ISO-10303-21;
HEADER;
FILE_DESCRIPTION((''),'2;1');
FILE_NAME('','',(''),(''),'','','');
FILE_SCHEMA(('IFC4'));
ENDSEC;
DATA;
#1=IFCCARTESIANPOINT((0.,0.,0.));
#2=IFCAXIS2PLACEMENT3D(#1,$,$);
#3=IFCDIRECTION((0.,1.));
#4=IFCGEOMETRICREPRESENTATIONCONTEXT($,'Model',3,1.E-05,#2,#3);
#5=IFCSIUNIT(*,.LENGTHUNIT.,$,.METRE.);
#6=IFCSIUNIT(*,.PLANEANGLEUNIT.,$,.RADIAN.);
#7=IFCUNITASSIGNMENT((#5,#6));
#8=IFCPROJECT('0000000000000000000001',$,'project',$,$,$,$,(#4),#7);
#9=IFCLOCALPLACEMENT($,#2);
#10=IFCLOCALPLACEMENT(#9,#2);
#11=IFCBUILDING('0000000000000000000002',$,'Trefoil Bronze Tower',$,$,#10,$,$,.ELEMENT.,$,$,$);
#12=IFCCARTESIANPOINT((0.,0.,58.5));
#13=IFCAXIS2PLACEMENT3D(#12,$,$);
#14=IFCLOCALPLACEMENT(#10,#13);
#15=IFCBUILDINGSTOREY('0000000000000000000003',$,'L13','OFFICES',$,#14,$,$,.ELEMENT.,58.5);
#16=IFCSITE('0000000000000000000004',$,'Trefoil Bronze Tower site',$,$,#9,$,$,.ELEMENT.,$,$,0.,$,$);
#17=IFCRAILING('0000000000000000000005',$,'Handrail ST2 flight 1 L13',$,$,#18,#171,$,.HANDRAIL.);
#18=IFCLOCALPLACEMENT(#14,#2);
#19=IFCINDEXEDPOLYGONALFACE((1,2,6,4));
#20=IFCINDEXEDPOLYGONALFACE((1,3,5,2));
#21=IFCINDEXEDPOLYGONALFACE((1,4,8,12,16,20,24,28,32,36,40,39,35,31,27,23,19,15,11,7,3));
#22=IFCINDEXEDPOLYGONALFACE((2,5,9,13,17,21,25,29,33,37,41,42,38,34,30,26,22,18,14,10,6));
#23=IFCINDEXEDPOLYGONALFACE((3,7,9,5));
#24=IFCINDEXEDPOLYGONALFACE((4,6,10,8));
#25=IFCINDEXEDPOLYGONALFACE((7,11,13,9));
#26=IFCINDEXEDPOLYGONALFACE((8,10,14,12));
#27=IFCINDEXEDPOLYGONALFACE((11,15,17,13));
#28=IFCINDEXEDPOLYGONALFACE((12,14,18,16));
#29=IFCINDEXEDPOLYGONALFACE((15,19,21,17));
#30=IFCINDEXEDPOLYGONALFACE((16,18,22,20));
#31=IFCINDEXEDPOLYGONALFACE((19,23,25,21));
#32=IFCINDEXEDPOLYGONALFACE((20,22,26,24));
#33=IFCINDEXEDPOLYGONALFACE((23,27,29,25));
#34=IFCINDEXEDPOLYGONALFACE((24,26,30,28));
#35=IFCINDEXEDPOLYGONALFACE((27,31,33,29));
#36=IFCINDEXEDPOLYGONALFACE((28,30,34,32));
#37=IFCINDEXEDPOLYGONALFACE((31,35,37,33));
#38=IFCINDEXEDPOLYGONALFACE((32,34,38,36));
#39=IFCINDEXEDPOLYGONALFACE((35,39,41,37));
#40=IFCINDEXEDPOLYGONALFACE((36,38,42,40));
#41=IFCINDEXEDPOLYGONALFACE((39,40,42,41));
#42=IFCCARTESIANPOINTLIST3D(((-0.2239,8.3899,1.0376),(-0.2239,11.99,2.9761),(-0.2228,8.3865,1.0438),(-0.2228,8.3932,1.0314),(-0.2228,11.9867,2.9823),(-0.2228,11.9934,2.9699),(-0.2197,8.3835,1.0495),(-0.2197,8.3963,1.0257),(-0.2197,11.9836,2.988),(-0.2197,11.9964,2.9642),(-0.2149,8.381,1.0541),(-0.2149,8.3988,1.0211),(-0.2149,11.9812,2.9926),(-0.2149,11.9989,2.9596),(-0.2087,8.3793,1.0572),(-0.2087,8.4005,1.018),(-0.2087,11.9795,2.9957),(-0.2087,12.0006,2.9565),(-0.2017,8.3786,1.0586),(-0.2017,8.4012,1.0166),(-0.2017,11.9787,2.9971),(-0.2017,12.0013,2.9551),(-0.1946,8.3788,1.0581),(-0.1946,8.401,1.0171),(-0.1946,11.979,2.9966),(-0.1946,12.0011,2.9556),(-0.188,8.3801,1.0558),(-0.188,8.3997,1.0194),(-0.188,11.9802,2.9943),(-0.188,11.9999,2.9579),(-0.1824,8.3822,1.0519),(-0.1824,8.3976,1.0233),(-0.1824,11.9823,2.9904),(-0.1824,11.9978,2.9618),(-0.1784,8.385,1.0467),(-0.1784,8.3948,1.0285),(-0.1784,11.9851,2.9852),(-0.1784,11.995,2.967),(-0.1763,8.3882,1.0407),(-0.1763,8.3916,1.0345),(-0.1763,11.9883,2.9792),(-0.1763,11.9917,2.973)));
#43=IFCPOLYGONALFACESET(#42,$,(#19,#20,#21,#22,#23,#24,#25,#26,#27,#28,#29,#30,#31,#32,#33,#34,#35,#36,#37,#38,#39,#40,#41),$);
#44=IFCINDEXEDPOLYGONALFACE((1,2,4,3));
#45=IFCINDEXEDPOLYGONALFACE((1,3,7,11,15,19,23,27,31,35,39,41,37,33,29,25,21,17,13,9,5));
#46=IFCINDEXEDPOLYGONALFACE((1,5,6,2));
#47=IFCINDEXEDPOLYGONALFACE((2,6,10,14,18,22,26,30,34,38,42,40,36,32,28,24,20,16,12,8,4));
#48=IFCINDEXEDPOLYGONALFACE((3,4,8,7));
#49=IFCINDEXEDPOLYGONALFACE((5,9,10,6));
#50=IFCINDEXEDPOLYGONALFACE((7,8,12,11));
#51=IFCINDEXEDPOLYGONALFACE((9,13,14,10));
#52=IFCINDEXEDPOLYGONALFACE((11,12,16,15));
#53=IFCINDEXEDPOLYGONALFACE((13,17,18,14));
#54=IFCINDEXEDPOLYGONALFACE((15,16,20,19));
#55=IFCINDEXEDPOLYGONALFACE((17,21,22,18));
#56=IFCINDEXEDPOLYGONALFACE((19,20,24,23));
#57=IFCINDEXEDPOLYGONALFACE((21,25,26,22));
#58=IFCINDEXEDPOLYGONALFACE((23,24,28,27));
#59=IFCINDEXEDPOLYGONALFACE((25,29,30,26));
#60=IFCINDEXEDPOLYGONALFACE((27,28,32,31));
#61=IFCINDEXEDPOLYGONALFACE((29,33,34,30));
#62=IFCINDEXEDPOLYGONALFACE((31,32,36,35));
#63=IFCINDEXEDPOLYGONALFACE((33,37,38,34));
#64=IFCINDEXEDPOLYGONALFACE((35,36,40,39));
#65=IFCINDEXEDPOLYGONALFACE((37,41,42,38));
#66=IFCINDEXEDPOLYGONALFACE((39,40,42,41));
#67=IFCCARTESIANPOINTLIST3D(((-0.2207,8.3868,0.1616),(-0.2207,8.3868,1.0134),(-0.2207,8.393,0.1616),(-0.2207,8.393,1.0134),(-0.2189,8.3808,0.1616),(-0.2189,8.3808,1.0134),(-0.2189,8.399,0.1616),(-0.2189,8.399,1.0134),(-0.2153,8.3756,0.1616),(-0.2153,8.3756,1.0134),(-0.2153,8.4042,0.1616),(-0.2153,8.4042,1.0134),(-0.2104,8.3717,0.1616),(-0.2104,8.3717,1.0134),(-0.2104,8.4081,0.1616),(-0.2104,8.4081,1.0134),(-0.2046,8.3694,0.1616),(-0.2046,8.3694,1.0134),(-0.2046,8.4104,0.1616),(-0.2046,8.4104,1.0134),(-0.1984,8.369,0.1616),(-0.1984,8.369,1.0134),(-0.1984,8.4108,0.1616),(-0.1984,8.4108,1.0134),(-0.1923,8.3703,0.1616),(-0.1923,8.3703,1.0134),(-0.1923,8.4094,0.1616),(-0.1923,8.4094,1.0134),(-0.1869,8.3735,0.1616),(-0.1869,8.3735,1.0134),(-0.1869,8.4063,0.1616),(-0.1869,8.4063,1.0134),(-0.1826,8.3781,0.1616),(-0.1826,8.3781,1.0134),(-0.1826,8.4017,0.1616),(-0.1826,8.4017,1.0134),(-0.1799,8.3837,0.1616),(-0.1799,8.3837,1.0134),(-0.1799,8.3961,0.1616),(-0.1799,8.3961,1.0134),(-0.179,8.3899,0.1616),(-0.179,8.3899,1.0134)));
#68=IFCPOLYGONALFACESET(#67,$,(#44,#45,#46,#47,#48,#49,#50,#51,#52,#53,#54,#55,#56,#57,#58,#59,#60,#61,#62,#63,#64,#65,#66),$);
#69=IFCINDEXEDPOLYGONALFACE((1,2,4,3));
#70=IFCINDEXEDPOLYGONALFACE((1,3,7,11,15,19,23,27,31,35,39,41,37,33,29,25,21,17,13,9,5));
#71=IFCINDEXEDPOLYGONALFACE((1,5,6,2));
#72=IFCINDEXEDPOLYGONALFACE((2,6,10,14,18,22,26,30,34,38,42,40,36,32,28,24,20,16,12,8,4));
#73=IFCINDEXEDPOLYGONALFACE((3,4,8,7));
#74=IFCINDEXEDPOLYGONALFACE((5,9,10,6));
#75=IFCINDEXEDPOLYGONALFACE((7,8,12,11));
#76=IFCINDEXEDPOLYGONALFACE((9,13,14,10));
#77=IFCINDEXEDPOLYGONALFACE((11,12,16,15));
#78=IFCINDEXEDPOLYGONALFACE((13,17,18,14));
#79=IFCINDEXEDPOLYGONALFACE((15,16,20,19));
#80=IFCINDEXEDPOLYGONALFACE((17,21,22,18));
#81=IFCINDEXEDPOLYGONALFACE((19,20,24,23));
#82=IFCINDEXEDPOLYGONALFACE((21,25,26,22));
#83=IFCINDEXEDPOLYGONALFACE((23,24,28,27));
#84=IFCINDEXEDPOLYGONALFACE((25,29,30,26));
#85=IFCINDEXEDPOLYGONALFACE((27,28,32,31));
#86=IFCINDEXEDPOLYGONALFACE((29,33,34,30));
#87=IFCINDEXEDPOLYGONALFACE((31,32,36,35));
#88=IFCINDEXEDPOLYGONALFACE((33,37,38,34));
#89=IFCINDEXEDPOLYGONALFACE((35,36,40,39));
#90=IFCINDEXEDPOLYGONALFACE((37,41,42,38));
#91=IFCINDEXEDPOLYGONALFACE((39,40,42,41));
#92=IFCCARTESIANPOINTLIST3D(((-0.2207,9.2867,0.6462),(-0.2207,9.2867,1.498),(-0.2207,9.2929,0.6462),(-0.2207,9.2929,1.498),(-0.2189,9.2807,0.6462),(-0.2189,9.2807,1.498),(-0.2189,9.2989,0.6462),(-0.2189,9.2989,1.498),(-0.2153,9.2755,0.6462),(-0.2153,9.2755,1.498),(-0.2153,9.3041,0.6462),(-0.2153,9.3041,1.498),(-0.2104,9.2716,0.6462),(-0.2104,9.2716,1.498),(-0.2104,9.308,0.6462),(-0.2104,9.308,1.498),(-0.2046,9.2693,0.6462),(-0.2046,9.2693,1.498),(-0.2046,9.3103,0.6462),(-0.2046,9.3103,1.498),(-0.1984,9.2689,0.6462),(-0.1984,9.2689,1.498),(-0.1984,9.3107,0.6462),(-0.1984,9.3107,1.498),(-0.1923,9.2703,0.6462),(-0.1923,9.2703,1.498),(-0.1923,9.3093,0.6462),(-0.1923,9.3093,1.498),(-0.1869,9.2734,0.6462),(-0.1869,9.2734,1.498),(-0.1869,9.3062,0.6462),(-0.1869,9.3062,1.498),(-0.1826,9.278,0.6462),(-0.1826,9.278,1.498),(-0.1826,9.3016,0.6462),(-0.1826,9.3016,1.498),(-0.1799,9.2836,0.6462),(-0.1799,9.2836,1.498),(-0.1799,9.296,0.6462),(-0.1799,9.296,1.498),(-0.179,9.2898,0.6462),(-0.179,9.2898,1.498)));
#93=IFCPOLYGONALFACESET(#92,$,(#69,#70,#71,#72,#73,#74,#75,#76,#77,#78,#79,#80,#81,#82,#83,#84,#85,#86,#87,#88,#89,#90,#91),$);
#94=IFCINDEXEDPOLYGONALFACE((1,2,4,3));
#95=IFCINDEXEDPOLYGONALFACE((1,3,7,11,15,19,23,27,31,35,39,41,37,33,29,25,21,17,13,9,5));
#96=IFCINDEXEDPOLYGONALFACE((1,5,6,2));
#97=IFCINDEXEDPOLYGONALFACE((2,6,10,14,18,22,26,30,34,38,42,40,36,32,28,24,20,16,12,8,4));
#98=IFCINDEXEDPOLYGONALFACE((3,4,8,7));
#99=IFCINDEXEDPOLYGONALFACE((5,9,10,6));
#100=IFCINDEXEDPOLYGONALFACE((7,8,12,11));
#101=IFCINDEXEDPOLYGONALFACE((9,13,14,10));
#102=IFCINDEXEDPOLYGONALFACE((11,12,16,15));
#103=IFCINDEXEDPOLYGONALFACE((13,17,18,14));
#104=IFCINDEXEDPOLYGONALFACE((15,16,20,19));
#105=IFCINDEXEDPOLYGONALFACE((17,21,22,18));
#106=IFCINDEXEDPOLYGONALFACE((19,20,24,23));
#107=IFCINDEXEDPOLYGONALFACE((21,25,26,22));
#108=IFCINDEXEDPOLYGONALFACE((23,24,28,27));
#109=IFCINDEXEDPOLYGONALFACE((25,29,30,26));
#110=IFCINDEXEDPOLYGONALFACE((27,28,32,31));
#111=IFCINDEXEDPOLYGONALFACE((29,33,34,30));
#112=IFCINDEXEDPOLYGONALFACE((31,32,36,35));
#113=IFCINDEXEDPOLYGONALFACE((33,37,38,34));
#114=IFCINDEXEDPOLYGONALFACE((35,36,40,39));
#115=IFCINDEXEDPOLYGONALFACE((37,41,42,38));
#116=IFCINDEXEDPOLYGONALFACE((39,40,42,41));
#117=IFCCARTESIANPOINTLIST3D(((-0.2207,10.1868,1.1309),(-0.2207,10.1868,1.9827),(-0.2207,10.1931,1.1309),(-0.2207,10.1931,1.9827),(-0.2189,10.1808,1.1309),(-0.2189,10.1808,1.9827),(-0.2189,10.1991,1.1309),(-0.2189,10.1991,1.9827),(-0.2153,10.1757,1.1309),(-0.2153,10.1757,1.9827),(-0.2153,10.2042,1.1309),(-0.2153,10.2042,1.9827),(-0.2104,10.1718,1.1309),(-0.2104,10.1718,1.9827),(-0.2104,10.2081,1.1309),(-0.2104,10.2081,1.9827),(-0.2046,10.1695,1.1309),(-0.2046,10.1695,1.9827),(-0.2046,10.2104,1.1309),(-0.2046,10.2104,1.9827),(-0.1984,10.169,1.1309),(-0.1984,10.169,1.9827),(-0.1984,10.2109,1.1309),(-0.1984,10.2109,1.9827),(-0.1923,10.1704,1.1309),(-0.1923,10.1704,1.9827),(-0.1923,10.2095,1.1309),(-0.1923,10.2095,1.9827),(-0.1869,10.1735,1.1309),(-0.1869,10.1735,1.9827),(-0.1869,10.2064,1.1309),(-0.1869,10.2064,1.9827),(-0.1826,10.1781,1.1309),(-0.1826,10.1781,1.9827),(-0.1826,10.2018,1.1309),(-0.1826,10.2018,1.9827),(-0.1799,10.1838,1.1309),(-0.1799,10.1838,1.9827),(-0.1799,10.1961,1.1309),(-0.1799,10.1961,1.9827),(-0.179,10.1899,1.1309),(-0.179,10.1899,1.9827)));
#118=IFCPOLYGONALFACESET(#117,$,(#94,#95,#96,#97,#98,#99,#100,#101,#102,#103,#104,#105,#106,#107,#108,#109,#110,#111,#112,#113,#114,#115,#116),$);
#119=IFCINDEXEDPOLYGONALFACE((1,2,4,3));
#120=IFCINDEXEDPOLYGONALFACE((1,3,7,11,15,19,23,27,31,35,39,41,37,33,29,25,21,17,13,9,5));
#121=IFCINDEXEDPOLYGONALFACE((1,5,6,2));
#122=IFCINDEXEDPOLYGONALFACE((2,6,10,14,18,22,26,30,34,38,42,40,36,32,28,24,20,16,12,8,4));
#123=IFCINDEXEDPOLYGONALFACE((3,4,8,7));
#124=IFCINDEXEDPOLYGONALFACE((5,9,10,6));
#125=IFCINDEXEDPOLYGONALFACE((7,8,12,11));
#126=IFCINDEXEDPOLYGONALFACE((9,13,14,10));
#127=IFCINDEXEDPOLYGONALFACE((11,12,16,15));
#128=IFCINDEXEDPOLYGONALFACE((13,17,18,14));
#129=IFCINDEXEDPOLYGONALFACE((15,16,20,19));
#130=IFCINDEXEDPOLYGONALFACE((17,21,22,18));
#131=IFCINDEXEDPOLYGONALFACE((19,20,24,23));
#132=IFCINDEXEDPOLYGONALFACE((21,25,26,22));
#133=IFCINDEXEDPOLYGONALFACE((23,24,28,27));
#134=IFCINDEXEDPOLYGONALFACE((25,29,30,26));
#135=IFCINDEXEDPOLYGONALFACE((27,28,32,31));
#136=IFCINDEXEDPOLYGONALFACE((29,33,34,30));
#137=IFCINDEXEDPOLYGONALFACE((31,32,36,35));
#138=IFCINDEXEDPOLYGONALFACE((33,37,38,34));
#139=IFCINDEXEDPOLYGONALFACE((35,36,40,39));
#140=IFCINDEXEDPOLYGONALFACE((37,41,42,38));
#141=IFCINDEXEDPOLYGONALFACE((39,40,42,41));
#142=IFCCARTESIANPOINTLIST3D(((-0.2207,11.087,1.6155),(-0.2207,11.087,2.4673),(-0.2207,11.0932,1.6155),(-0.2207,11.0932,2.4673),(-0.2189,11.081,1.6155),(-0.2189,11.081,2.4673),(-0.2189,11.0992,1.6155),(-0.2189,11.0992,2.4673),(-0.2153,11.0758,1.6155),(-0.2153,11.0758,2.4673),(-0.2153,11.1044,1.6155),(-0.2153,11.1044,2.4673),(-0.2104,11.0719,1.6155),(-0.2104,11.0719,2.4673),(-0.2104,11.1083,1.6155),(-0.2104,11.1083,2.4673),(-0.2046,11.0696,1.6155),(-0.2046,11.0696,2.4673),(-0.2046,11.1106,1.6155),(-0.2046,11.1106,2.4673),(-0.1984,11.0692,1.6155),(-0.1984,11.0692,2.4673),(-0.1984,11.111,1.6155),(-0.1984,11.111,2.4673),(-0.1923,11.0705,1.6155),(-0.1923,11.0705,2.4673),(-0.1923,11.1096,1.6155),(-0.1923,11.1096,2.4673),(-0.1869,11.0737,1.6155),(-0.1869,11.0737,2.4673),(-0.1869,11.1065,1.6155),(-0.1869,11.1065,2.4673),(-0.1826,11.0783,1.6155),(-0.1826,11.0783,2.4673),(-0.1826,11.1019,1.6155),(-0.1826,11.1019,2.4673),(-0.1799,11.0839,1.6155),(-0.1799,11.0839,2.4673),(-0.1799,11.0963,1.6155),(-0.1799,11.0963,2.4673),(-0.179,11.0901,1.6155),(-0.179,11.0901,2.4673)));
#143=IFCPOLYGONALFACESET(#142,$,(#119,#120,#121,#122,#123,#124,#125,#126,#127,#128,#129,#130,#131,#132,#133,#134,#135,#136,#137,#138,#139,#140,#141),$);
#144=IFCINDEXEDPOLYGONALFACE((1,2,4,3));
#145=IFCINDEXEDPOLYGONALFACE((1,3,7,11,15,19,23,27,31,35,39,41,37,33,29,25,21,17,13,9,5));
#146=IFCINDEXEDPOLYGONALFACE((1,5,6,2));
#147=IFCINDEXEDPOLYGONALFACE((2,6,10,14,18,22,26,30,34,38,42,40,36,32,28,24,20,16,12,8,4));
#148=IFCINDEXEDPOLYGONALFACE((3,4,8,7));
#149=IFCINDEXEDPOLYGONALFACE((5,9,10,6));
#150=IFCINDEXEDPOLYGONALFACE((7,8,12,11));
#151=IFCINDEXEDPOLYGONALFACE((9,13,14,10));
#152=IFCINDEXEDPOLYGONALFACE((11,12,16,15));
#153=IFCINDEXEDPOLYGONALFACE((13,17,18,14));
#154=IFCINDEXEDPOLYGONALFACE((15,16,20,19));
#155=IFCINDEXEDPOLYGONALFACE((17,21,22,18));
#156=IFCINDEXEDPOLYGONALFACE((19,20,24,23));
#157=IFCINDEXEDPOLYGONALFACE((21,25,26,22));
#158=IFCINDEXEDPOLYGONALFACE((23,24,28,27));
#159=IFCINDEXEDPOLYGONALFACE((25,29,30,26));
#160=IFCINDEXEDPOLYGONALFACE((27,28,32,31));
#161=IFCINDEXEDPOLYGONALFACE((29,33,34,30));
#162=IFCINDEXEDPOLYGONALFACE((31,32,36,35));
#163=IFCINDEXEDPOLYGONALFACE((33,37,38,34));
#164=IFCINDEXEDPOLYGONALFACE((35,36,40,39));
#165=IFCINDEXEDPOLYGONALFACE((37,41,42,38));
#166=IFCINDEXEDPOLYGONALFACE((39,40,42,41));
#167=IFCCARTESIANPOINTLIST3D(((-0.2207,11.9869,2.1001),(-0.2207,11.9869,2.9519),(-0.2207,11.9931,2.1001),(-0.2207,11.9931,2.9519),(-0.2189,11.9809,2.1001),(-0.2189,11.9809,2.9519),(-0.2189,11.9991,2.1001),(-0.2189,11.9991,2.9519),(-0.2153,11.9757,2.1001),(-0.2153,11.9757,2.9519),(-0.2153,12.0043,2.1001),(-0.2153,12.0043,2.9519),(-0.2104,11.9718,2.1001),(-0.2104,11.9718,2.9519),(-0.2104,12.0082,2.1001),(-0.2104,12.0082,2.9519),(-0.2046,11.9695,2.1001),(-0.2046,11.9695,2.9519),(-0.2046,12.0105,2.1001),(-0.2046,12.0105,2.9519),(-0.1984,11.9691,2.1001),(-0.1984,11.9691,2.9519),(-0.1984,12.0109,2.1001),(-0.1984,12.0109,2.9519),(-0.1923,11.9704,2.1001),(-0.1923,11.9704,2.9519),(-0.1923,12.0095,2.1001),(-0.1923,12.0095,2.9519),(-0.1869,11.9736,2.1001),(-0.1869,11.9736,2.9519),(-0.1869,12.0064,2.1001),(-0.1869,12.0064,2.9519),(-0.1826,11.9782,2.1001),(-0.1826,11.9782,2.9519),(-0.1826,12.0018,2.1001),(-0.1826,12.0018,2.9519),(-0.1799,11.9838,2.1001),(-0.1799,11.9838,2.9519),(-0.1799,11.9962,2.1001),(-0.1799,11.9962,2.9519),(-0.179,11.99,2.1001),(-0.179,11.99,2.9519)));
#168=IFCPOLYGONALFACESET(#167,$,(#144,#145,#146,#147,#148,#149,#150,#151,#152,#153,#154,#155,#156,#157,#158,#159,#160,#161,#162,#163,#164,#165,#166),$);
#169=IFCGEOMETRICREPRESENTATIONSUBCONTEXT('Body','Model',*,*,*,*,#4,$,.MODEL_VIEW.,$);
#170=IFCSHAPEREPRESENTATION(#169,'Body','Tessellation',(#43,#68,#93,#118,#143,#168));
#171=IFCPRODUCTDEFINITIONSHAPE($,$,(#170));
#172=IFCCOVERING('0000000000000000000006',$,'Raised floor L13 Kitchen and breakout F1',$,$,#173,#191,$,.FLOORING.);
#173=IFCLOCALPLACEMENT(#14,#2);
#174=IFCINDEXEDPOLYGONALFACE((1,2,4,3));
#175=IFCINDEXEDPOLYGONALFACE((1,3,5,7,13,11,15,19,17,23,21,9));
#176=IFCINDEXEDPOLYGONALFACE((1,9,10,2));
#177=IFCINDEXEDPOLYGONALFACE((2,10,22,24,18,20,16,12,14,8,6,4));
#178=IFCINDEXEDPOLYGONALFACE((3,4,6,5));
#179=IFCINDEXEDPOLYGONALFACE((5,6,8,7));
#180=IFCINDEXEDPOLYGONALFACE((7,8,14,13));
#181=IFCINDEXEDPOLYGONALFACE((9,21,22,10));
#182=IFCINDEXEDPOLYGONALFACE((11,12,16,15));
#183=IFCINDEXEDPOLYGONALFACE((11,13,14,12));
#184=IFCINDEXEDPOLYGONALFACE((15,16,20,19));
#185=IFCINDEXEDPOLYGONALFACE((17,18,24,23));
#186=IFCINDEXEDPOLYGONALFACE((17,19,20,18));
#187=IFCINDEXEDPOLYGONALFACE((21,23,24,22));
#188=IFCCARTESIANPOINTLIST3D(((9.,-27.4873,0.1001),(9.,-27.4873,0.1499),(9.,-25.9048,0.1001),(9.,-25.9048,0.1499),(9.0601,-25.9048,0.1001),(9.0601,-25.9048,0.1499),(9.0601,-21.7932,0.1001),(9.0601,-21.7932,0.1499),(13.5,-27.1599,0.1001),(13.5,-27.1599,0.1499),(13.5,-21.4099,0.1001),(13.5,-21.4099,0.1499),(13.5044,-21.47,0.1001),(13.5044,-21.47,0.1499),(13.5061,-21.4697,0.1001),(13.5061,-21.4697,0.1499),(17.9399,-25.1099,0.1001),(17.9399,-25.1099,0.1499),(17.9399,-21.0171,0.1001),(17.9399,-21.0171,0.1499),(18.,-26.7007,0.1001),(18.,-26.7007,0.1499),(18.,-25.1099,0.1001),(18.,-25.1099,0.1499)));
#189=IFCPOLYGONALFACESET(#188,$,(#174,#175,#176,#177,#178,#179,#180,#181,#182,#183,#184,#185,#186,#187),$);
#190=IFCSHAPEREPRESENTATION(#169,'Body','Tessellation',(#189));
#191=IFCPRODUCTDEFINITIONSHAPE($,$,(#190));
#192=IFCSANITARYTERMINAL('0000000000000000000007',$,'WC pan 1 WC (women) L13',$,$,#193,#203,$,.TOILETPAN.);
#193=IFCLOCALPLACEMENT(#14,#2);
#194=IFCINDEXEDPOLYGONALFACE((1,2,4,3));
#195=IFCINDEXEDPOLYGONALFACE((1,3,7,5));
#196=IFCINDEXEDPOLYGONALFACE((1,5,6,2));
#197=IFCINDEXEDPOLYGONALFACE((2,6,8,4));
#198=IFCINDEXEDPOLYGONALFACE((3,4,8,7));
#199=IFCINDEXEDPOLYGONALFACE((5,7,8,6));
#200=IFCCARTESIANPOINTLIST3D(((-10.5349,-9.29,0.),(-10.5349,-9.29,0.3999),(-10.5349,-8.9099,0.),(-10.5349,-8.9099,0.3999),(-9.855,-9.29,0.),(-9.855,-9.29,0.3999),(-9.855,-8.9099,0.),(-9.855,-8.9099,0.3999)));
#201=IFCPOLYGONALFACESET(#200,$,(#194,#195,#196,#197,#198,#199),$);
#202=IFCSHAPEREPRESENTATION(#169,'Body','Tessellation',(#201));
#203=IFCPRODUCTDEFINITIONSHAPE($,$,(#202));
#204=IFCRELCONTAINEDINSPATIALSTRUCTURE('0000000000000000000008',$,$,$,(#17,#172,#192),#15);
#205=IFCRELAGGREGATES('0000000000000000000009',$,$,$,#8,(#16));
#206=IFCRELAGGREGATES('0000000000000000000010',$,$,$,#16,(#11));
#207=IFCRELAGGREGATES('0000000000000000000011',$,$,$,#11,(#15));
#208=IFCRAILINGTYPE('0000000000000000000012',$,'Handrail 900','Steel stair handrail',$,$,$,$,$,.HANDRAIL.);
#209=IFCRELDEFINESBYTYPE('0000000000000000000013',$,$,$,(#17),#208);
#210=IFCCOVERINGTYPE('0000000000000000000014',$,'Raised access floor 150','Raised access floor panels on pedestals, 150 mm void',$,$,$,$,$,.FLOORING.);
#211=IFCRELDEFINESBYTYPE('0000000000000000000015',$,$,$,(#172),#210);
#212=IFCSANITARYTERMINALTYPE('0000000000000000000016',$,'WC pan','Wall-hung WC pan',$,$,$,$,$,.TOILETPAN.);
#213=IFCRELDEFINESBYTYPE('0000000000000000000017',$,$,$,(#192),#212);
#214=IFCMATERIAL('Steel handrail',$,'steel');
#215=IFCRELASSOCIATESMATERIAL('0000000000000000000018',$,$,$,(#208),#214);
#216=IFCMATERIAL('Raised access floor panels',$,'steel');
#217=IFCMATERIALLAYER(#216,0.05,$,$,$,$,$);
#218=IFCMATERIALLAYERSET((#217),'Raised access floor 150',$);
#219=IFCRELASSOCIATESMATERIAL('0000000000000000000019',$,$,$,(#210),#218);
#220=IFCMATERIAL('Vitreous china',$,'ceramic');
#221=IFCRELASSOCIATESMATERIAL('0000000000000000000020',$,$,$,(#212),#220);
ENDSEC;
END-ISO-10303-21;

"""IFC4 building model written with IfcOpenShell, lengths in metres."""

from ifc_helpers import new_model, si_unit, direction, frame, origin, origin_2d, place, context, subcontext, project, spatial, polyline, circle, outline, extrude, material, layer, layer_set, type_object, element, save


model = new_model("IFC4")

# Units and contexts
model_context = context("Model", 3, precision=1e-05, world=origin(), true_north=direction((0.0, 1.0)))
body_context = subcontext(model_context, "Body", "Model", "MODEL_VIEW")
ifc_project = project(units=[si_unit("LENGTHUNIT", "METRE"), si_unit("PLANEANGLEUNIT", "RADIAN")], contexts=[model_context])

# Site, building, storey
site_placement = place(None, origin())
site = spatial("IfcSite", under=ifc_project, at=site_placement, Name="Trefoil Bronze Tower site", CompositionType="ELEMENT", RefElevation=0.0)
building_placement = place(site_placement, origin())
building = spatial("IfcBuilding", under=site, at=building_placement, Name="Trefoil Bronze Tower", CompositionType="ELEMENT")
storey_placement = place(building_placement, frame((0.0, 0.0, 58.5)))
storey = spatial("IfcBuildingStorey", under=building, at=storey_placement, Name="L13", Description="OFFICES", CompositionType="ELEMENT", Elevation=58.5)

# Railing
ifc_material_1 = material(Name="Steel handrail", Category="steel")
railing_type = type_object("IfcRailingType", Name="Handrail 900", Description="Steel stair handrail", PredefinedType="HANDRAIL", material=ifc_material_1)
railing_placement = place(storey_placement, frame((-0.2, 8.3899, 0.1616)))
element("IfcRailing", 1, at=railing_placement, inside=storey, type_object=railing_type, Name="Handrail ST2 flight 1 L13", PredefinedType="HANDRAIL", context=body_context, shape_type="SweptSolid", body=[
    extrude(circle(Radius=0.0239, at=origin_2d()), frame((0.0, 0.0, 0.876), z_axis=(0.0, 0.880475, 0.474093), x_axis=(-1.0, 0.0, 0.0)), (0.0, 0.0, 1.0), 4.0889),
    extrude(circle(Radius=0.021, at=origin_2d()), origin(), (0.0, 0.0, 1.0), 0.8518),
    extrude(circle(Radius=0.021, at=origin_2d()), frame((0.0, 0.8999, 0.4846)), (0.0, 0.0, 1.0), 0.8518),
    extrude(circle(Radius=0.021, at=origin_2d()), frame((0.0, 1.8, 0.9692)), (0.0, 0.0, 1.0), 0.8518),
    extrude(circle(Radius=0.021, at=origin_2d()), frame((0.0, 2.7002, 1.4539)), (0.0, 0.0, 1.0), 0.8518),
    extrude(circle(Radius=0.021, at=origin_2d()), frame((0.0, 3.6001, 1.9385)), (0.0, 0.0, 1.0), 0.8518),
])

# Covering
ifc_material_2 = material(Name="Raised access floor panels", Category="steel")
ifc_layer_1 = layer(ifc_material_2, 0.05)
ifc_layer_set_1 = layer_set([ifc_layer_1], Name="Raised access floor 150")
covering_type_1 = type_object("IfcCoveringType", Name="Raised access floor 150", Description="Raised access floor panels on pedestals, 150 mm void", PredefinedType="FLOORING", material=ifc_layer_set_1)
covering_1_placement = place(storey_placement, frame((0.0, 0.0, 0.1001)))
element("IfcCovering", 2, at=covering_1_placement, inside=storey, type_object=covering_type_1, Name="Raised floor L13 Kitchen and breakout F1", PredefinedType="FLOORING", context=body_context, shape_type="SweptSolid", body=[
    extrude(outline(polyline([(13.5, -27.1599), (9.0, -27.4873), (9.0, -25.9048), (9.0601, -25.9048), (9.0601, -21.7932), (13.5044, -21.47), (13.5, -21.4099), (13.5061, -21.4697), (17.9399, -21.0171), (17.9399, -25.1099), (18.0, -25.1099), (18.0, -26.7007), (13.5, -27.1599)])), origin(), (0.0, 0.0, 1.0), 0.0498),
])

# Sanitary terminal
ifc_material_3 = material(Name="Vitreous china", Category="ceramic")
sanitary_terminal_type = type_object("IfcSanitaryTerminalType", Name="WC pan", Description="Wall-hung WC pan", PredefinedType="TOILETPAN", material=ifc_material_3)
sanitary_terminal_1_placement = place(storey_placement, origin())
element("IfcSanitaryTerminal", 3, at=sanitary_terminal_1_placement, inside=storey, type_object=sanitary_terminal_type, Name="WC pan 1 WC (women) L13", PredefinedType="TOILETPAN", context=body_context, shape_type="SweptSolid", body=[
    extrude(outline(polyline([(-9.855, -8.9099), (-10.5349, -8.9099), (-10.5349, -9.29), (-9.855, -9.29), (-9.855, -8.9099)])), origin(), (0.0, 0.0, 1.0), 0.3999),
])

save(model, "model.ifc")
